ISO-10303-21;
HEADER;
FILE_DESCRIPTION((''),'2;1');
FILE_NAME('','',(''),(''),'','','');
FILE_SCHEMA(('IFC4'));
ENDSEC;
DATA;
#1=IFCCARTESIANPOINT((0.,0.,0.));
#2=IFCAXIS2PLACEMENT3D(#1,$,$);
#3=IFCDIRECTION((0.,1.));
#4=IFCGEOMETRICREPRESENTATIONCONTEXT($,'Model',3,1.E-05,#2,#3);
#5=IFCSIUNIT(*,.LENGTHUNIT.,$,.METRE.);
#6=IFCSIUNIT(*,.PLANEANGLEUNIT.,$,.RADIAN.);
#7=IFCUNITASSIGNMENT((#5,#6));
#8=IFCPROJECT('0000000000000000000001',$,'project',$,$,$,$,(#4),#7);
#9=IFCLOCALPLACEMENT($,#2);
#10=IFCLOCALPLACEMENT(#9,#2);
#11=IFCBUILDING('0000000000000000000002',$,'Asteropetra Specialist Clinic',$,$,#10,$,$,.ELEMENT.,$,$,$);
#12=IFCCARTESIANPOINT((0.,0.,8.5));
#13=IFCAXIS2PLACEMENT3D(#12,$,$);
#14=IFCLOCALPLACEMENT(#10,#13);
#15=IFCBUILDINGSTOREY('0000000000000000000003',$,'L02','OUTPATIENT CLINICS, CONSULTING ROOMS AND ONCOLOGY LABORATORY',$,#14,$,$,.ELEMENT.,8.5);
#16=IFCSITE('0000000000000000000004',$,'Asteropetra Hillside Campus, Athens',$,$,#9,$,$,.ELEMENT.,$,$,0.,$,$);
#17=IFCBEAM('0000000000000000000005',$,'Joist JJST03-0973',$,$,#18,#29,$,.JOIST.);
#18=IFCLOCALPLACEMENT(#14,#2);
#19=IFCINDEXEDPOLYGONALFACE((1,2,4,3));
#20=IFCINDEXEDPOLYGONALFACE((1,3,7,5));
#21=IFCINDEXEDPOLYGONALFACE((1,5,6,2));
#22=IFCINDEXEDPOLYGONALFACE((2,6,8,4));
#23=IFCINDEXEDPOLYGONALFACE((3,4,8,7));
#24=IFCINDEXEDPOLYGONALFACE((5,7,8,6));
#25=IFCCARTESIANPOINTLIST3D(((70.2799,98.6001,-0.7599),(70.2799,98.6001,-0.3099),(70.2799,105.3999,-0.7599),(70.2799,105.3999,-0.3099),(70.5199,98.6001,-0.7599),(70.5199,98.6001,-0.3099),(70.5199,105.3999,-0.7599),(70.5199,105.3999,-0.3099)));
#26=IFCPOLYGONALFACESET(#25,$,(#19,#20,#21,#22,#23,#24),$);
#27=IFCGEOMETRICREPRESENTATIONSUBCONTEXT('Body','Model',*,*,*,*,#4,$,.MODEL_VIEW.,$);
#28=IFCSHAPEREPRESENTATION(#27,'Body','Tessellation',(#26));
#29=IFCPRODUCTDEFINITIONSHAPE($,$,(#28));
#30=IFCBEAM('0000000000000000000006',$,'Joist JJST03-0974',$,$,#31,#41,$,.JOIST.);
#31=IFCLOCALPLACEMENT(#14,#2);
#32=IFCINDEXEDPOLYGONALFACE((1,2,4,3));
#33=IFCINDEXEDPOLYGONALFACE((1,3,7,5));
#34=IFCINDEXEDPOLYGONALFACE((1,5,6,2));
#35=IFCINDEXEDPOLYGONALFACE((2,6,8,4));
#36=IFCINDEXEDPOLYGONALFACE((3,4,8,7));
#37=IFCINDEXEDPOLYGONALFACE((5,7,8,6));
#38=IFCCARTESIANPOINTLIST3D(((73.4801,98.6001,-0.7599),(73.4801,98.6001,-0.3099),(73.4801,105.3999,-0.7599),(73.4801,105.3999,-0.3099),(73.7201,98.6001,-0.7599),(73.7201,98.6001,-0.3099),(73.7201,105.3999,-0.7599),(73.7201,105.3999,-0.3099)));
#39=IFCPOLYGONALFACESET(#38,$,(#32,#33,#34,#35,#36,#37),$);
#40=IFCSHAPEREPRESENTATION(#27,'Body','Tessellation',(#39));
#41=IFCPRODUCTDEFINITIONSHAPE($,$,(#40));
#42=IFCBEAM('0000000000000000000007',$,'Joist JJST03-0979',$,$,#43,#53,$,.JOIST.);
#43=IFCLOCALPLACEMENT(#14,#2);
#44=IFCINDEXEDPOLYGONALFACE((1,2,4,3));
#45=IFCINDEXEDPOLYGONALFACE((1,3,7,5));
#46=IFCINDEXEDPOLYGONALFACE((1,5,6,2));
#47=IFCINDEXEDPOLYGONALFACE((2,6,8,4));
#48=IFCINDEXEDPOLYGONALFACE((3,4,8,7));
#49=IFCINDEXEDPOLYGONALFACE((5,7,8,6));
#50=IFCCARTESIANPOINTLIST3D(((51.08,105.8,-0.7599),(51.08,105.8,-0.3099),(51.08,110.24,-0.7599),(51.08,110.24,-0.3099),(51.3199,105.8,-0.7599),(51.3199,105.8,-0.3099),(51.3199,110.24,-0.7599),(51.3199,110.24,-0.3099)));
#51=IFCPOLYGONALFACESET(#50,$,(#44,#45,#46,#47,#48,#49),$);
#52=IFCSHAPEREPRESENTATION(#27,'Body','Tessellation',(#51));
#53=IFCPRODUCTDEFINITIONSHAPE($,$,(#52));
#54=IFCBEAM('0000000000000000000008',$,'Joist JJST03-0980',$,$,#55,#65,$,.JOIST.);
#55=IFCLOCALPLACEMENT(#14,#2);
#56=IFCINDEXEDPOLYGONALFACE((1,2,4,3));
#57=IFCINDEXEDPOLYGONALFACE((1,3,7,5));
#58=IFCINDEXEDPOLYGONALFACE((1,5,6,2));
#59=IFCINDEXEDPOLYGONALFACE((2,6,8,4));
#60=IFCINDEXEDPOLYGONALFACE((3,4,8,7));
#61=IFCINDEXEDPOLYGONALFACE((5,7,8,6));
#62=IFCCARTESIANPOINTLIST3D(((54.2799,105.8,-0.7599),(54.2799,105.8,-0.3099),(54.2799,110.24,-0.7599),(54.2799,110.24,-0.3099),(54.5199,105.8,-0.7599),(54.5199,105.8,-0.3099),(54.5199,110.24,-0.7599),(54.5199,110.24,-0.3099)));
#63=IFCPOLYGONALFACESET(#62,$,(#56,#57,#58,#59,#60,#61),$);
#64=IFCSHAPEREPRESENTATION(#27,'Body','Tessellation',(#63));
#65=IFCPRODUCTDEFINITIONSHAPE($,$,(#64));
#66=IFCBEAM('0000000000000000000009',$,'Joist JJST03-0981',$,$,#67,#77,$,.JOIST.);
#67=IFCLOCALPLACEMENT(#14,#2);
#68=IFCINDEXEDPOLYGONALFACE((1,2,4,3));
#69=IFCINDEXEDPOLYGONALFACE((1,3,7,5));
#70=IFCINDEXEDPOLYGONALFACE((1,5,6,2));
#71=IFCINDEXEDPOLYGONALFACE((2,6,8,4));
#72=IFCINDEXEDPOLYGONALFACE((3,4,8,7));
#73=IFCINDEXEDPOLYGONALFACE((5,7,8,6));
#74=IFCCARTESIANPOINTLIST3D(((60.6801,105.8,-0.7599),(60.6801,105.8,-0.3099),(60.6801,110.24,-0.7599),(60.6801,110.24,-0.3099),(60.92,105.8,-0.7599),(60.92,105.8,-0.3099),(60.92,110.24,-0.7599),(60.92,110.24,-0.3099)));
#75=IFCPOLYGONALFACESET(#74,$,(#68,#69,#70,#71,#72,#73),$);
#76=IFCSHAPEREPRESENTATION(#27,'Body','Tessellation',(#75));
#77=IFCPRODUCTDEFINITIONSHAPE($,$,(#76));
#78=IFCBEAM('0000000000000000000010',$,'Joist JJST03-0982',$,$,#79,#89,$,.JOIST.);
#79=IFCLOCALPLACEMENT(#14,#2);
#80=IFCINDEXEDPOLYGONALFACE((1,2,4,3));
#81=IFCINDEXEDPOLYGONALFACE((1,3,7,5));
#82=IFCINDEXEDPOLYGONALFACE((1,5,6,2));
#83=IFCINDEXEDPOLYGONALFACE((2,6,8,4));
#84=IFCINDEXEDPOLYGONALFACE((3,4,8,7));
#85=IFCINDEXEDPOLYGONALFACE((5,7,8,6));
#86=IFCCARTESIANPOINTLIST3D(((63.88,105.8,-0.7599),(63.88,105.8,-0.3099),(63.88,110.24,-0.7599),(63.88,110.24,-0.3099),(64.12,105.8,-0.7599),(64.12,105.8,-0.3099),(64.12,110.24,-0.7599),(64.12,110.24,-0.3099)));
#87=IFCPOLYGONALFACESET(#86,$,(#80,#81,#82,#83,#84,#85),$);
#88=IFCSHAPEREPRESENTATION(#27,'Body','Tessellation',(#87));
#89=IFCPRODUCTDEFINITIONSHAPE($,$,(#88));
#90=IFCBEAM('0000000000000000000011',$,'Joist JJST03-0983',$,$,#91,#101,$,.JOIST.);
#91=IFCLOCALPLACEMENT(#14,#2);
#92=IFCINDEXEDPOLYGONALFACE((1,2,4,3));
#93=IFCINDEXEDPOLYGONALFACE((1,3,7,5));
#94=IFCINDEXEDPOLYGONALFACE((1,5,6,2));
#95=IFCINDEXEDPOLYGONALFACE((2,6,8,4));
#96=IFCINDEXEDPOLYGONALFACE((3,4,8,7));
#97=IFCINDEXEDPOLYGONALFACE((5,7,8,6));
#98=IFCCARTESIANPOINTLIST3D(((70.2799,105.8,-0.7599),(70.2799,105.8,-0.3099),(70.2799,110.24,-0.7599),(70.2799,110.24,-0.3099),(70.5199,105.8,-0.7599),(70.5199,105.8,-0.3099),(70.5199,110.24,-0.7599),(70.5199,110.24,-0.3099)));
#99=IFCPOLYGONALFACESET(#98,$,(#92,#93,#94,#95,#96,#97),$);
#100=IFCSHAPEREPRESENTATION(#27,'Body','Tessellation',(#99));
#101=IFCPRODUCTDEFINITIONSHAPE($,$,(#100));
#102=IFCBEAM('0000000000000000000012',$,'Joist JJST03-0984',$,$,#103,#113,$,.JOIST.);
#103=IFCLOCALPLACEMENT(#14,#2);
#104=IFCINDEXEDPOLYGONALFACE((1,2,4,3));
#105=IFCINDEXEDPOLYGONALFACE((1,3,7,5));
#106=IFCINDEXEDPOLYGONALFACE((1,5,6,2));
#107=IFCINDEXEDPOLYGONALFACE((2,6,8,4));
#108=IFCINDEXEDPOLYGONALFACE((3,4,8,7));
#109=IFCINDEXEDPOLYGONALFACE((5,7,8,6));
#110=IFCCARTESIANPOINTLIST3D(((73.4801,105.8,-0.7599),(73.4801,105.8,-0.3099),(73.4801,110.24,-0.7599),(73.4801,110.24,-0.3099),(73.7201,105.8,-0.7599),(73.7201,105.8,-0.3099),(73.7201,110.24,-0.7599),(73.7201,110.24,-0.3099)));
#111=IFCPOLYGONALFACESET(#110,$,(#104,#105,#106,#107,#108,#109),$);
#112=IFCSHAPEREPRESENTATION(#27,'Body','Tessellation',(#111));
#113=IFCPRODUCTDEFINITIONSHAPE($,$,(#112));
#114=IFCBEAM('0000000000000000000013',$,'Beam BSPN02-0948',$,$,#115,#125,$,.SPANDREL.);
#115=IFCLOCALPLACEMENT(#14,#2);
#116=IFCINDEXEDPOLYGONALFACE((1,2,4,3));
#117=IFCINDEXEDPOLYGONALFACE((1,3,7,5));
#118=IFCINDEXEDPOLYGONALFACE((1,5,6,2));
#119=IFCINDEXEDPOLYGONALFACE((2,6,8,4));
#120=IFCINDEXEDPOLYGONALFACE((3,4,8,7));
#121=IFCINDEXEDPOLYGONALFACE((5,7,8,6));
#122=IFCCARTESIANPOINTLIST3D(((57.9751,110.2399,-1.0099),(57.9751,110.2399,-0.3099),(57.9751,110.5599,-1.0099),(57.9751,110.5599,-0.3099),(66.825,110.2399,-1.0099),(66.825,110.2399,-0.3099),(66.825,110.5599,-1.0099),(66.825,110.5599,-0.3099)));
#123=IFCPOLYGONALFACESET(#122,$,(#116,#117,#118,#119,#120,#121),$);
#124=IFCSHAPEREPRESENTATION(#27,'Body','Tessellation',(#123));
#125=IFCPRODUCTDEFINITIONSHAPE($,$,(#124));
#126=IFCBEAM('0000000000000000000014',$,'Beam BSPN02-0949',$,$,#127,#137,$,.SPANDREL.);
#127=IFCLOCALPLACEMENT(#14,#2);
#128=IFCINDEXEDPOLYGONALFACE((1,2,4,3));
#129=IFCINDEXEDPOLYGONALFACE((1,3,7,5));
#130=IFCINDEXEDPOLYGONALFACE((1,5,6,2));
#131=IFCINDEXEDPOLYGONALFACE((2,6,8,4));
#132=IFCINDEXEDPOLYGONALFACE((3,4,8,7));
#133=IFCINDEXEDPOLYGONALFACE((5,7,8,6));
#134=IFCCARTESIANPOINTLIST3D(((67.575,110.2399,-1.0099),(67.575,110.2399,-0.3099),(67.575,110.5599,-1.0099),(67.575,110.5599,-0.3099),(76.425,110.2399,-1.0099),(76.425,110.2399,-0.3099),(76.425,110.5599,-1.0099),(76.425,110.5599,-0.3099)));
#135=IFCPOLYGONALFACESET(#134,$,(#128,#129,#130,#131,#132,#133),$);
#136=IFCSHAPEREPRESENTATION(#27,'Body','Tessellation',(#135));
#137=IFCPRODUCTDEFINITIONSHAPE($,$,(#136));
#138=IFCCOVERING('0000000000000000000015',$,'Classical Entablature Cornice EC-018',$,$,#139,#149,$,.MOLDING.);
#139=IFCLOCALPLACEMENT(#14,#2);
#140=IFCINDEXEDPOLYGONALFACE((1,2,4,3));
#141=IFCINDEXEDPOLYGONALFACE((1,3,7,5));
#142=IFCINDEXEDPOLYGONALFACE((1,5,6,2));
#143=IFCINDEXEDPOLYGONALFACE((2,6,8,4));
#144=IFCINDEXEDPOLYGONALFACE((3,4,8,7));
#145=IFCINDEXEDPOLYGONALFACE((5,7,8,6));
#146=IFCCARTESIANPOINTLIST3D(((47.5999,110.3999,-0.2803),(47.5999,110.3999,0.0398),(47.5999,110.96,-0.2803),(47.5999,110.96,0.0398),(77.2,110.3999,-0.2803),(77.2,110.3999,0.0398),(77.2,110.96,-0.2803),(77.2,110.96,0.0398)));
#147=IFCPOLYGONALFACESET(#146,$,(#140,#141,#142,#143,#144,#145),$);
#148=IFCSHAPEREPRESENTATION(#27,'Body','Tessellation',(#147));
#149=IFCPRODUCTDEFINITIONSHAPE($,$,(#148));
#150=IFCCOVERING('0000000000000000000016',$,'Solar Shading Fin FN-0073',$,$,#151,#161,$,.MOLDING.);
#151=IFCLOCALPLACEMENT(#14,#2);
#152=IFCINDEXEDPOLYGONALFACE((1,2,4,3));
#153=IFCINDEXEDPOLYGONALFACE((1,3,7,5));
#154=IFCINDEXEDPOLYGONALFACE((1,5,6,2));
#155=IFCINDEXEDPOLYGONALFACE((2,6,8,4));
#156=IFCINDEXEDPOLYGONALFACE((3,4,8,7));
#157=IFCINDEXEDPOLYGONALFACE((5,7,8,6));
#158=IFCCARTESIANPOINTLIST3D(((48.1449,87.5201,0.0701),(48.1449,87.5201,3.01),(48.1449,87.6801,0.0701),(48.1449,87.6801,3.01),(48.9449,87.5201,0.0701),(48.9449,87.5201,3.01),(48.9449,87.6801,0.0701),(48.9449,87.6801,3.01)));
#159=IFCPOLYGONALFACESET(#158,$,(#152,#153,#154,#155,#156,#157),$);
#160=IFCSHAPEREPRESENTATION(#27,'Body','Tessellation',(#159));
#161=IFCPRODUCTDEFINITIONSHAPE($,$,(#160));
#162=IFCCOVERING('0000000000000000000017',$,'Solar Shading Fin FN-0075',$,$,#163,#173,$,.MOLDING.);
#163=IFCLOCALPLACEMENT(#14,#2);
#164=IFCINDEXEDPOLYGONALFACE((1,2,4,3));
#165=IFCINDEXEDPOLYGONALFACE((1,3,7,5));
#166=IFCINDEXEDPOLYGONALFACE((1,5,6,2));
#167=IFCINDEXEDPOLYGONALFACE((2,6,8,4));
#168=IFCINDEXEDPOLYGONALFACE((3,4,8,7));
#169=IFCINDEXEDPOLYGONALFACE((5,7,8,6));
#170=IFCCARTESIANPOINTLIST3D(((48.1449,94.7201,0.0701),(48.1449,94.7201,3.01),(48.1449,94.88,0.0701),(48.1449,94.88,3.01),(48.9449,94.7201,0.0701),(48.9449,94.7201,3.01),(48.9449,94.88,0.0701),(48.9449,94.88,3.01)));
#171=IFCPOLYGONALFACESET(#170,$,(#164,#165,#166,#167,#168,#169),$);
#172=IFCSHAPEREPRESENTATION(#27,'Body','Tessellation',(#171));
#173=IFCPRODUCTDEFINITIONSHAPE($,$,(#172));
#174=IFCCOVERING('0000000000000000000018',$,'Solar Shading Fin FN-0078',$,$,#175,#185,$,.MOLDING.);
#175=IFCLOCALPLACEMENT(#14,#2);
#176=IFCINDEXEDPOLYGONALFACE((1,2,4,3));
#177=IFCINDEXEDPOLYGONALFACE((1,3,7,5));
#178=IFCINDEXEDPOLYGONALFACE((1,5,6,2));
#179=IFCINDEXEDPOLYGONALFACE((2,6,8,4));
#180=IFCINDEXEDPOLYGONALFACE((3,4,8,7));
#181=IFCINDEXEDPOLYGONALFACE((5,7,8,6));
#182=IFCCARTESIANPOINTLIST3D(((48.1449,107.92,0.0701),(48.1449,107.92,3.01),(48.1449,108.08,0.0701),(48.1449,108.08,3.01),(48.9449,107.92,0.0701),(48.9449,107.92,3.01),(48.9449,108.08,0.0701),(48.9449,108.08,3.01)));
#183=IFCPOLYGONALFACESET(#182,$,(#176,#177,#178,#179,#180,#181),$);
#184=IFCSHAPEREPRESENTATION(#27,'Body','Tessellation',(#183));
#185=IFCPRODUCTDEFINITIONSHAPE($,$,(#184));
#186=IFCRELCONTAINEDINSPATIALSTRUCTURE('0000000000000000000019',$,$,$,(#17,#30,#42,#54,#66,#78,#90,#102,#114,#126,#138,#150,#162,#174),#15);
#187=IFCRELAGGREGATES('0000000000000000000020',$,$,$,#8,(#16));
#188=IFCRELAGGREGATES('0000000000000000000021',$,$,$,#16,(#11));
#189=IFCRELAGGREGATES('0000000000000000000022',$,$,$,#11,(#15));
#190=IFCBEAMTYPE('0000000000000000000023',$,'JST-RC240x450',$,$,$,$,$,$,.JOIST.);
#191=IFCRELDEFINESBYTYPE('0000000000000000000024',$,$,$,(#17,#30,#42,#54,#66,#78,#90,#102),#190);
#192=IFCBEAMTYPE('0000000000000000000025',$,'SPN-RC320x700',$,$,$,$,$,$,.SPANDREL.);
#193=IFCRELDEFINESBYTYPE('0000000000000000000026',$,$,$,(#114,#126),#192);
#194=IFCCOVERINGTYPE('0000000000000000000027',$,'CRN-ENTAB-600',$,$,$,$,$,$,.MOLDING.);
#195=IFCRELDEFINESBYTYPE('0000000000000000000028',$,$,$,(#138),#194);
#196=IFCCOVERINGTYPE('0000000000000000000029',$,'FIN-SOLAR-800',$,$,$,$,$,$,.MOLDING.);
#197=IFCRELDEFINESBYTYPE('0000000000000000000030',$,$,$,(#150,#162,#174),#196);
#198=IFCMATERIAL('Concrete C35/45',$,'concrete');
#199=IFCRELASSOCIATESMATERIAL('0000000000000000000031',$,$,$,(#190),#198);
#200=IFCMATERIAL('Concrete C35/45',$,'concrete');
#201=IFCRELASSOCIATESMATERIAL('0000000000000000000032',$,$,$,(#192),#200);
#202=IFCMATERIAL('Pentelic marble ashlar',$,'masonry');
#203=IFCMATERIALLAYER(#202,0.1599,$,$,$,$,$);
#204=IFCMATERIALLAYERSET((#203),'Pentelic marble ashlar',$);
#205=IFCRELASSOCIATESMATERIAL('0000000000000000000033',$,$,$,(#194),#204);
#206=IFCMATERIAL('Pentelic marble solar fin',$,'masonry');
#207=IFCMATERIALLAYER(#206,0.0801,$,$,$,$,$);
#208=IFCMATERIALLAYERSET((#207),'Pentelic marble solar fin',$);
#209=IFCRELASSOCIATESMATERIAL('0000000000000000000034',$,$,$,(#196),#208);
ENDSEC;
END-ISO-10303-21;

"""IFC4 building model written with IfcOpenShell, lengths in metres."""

from ifc_helpers import new_model, si_unit, direction, frame, origin, origin_2d, place, context, subcontext, project, spatial, rectangle, extrude, material, layer, layer_set, material_profile, profile_set, type_object, element, save


model = new_model("IFC4")

# Units and contexts
model_context = context("Model", 3, precision=1e-05, world=origin(), true_north=direction((0.0, 1.0)))
body_context = subcontext(model_context, "Body", "Model", "MODEL_VIEW")
ifc_project = project(units=[si_unit("LENGTHUNIT", "METRE"), si_unit("PLANEANGLEUNIT", "RADIAN")], contexts=[model_context])

# Site, building, storey
site_placement = place(None, origin())
site = spatial("IfcSite", under=ifc_project, at=site_placement, Name="Asteropetra Hillside Campus, Athens", CompositionType="ELEMENT", RefElevation=0.0)
building_placement = place(site_placement, origin())
building = spatial("IfcBuilding", under=site, at=building_placement, Name="Asteropetra Specialist Clinic", CompositionType="ELEMENT")
storey_placement = place(building_placement, frame((0.0, 0.0, 8.5)))
storey = spatial("IfcBuildingStorey", under=building, at=storey_placement, Name="L02", Description="OUTPATIENT CLINICS, CONSULTING ROOMS AND ONCOLOGY LABORATORY", CompositionType="ELEMENT", Elevation=8.5)

# Beams
ifc_material_1 = material(Name="Concrete C35/45", Category="concrete")
ifc_material_profile_1 = material_profile(ifc_material_1, rectangle(XDim=0.24, YDim=0.45, at=origin_2d()), Name="RCJ 240x450")
ifc_profile_set_1 = profile_set([ifc_material_profile_1], Name="Concrete C35/45")
beam_type_1 = type_object("IfcBeamType", Name="JST-RC240x450", PredefinedType="JOIST", material=ifc_profile_set_1)
for number, where, z_axis, x_axis, name in (
    (1, (70.3999, 98.6001, -0.5349), (0.0, 1.0, 0.0), (-1.0, 0.0, 0.0), "Joist JJST03-0973"),
    (2, (73.6001, 98.6001, -0.5349), (0.0, 1.0, 0.0), (-1.0, 0.0, 0.0), "Joist JJST03-0974"),
):
    element("IfcBeam", number, at=place(storey_placement, frame(where, z_axis=z_axis, x_axis=x_axis)), inside=storey, type_object=beam_type_1, Name=name, PredefinedType="JOIST", context=body_context, shape_type="SweptSolid", body=[
        extrude(rectangle(XDim=0.24, YDim=0.45, at=origin_2d()), origin(), (0.0, 0.0, 1.0), 6.7998),
    ])
for number, where, z_axis, x_axis, name in (
    (3, (51.2, 105.8, -0.5349), (0.0, 1.0, 0.0), (-1.0, 0.0, 0.0), "Joist JJST03-0979"),
    (4, (54.3999, 105.8, -0.5349), (0.0, 1.0, 0.0), (-1.0, 0.0, 0.0), "Joist JJST03-0980"),
    (5, (60.8, 105.8, -0.5349), (0.0, 1.0, 0.0), (-1.0, 0.0, 0.0), "Joist JJST03-0981"),
    (6, (64.0, 105.8, -0.5349), (0.0, 1.0, 0.0), (-1.0, 0.0, 0.0), "Joist JJST03-0982"),
    (7, (70.3999, 105.8, -0.5349), (0.0, 1.0, 0.0), (-1.0, 0.0, 0.0), "Joist JJST03-0983"),
    (8, (73.6001, 105.8, -0.5349), (0.0, 1.0, 0.0), (-1.0, 0.0, 0.0), "Joist JJST03-0984"),
):
    element("IfcBeam", number, at=place(storey_placement, frame(where, z_axis=z_axis, x_axis=x_axis)), inside=storey, type_object=beam_type_1, Name=name, PredefinedType="JOIST", context=body_context, shape_type="SweptSolid", body=[
        extrude(rectangle(XDim=0.24, YDim=0.45, at=origin_2d()), origin(), (0.0, 0.0, 1.0), 4.4399),
    ])
ifc_material_2 = material(Name="Concrete C35/45", Category="concrete")
ifc_material_profile_2 = material_profile(ifc_material_2, rectangle(XDim=0.3201, YDim=0.7, at=origin_2d()), Name="RCS 320x700")
ifc_profile_set_2 = profile_set([ifc_material_profile_2], Name="Concrete C35/45")
beam_type_2 = type_object("IfcBeamType", Name="SPN-RC320x700", PredefinedType="SPANDREL", material=ifc_profile_set_2)
beam_1_placement = place(storey_placement, frame((57.9751, 110.3999, -0.6599), z_axis=(1.0, 0.0, 0.0), x_axis=(0.0, 1.0, 0.0)))
element("IfcBeam", 9, at=beam_1_placement, inside=storey, type_object=beam_type_2, Name="Beam BSPN02-0948", PredefinedType="SPANDREL", context=body_context, shape_type="SweptSolid", body=[
    extrude(rectangle(XDim=0.3201, YDim=0.7, at=origin_2d()), origin(), (0.0, 0.0, 1.0), 8.8499),
])
beam_2_placement = place(storey_placement, frame((67.575, 110.3999, -0.6599), z_axis=(1.0, 0.0, 0.0), x_axis=(0.0, 1.0, 0.0)))
element("IfcBeam", 10, at=beam_2_placement, inside=storey, type_object=beam_type_2, Name="Beam BSPN02-0949", PredefinedType="SPANDREL", context=body_context, shape_type="SweptSolid", body=[
    extrude(rectangle(XDim=0.3201, YDim=0.7, at=origin_2d()), origin(), (0.0, 0.0, 1.0), 8.8501),
])

# Coverings
ifc_material_3 = material(Name="Pentelic marble ashlar", Category="masonry")
ifc_layer_1 = layer(ifc_material_3, 0.1599)
ifc_layer_set_1 = layer_set([ifc_layer_1], Name="Pentelic marble ashlar")
covering_type_1 = type_object("IfcCoveringType", Name="CRN-ENTAB-600", PredefinedType="MOLDING", material=ifc_layer_set_1)
covering_placement = place(storey_placement, frame((62.3999, 110.6799, -0.2803), z_axis=(0.0, 0.0, 1.0), x_axis=(1.0, 0.0, 0.0)))
element("IfcCovering", 11, at=covering_placement, inside=storey, type_object=covering_type_1, Name="Classical Entablature Cornice EC-018", PredefinedType="MOLDING", context=body_context, shape_type="SweptSolid", body=[
    extrude(rectangle(XDim=29.6001, YDim=0.5601, at=origin_2d()), origin(), (0.0, 0.0, 1.0), 0.3201),
])
ifc_material_4 = material(Name="Pentelic marble solar fin", Category="masonry")
ifc_layer_2 = layer(ifc_material_4, 0.0801)
ifc_layer_set_2 = layer_set([ifc_layer_2], Name="Pentelic marble solar fin")
covering_type_2 = type_object("IfcCoveringType", Name="FIN-SOLAR-800", PredefinedType="MOLDING", material=ifc_layer_set_2)
for number, where, z_axis, x_axis, name in (
    (12, (48.5449, 87.6001, 0.0701), (0.0, 0.0, 1.0), (1.0, 0.0, 0.0), "Solar Shading Fin FN-0073"),
    (13, (48.5449, 94.8, 0.0701), (0.0, 0.0, 1.0), (1.0, 0.0, 0.0), "Solar Shading Fin FN-0075"),
    (14, (48.5449, 108.0, 0.0701), (0.0, 0.0, 1.0), (1.0, 0.0, 0.0), "Solar Shading Fin FN-0078"),
):
    element("IfcCovering", number, at=place(storey_placement, frame(where, z_axis=z_axis, x_axis=x_axis)), inside=storey, type_object=covering_type_2, Name=name, PredefinedType="MOLDING", context=body_context, shape_type="SweptSolid", body=[
        extrude(rectangle(XDim=0.8, YDim=0.1599, at=origin_2d()), origin(), (0.0, 0.0, 1.0), 2.9399),
    ])

save(model, "model.ifc")
